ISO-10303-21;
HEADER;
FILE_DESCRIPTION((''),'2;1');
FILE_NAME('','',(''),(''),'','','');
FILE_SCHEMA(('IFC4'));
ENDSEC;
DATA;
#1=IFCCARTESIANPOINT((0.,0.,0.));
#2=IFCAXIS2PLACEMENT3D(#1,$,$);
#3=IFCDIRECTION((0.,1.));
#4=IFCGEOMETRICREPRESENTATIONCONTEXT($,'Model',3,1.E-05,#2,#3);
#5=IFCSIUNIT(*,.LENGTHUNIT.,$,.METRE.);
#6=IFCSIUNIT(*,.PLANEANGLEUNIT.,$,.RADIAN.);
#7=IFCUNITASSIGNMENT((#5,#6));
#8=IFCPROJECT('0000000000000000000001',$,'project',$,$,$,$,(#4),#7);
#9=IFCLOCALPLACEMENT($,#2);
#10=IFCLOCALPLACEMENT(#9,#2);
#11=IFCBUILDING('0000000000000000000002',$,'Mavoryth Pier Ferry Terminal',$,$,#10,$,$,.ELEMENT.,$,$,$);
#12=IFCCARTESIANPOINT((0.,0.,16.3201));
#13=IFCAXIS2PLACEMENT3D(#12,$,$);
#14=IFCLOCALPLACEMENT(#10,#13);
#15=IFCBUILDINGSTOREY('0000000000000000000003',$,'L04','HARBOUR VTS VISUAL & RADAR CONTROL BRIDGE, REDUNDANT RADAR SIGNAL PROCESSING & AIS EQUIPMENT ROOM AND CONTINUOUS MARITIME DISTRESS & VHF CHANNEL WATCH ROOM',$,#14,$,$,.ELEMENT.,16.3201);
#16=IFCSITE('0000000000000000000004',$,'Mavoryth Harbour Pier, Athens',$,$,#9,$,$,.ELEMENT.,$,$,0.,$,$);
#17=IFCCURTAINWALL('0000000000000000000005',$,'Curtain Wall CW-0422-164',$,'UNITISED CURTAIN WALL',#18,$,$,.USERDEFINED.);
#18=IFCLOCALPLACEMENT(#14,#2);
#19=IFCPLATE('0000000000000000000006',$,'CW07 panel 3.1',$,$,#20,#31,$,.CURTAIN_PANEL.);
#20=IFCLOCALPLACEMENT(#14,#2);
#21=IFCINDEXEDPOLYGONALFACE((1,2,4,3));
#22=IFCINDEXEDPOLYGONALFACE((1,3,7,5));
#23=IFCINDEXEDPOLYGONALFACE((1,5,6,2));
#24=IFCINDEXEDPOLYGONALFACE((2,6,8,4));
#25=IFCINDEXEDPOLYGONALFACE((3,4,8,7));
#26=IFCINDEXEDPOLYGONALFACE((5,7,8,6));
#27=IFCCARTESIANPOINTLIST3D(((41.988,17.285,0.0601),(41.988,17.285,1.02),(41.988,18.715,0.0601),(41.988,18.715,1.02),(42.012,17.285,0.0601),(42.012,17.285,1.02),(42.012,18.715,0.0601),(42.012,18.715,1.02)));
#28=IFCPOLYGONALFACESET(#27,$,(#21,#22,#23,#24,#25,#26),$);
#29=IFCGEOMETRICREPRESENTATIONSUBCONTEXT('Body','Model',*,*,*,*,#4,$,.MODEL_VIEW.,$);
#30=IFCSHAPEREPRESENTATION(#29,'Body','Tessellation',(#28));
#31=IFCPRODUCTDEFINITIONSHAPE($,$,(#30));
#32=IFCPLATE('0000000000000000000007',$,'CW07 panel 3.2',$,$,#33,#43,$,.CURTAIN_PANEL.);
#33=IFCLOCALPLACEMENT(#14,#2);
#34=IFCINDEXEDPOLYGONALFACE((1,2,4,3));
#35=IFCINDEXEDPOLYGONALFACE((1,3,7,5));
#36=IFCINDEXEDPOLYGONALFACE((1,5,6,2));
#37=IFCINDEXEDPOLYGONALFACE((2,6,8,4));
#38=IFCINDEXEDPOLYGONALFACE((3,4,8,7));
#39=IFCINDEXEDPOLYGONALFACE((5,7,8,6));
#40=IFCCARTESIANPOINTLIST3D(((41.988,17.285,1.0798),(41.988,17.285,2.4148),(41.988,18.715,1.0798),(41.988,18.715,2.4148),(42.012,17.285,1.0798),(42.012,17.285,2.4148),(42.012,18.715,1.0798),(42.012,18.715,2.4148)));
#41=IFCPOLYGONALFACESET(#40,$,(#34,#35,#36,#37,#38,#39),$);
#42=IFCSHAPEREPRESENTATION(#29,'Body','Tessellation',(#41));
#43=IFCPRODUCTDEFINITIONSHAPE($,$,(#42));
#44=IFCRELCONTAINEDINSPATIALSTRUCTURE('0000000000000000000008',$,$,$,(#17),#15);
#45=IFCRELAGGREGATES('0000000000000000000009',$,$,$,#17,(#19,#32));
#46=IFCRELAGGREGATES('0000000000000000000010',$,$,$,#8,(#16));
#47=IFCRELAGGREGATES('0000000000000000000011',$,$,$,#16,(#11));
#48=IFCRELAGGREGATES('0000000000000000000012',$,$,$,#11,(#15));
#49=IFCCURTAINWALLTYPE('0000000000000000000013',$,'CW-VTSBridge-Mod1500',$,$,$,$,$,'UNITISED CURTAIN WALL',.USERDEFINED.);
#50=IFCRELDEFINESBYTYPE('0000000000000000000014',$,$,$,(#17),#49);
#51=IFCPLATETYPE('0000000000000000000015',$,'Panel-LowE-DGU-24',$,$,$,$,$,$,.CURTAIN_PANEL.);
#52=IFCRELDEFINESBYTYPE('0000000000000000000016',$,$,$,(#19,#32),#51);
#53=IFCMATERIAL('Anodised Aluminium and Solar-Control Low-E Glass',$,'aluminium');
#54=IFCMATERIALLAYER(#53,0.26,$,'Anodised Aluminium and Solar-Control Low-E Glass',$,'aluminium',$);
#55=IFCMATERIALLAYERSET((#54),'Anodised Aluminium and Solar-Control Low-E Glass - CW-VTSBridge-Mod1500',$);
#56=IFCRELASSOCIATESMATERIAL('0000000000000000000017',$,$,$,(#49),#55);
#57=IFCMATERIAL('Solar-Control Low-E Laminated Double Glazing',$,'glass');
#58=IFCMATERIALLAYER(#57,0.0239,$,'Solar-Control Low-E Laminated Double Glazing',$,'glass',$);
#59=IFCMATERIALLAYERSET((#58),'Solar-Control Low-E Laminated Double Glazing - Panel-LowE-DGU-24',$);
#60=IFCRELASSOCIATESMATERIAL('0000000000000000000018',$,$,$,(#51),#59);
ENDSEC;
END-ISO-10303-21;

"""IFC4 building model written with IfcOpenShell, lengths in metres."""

from ifc_helpers import new_model, si_unit, direction, frame, origin, origin_2d, place, context, subcontext, project, spatial, rectangle, extrude, material, layer, layer_set, type_object, element, aggregate, save


model = new_model("IFC4")

# Units and contexts
model_context = context("Model", 3, precision=1e-05, world=origin(), true_north=direction((0.0, 1.0)))
body_context = subcontext(model_context, "Body", "Model", "MODEL_VIEW")
ifc_project = project(units=[si_unit("LENGTHUNIT", "METRE"), si_unit("PLANEANGLEUNIT", "RADIAN")], contexts=[model_context])

# Site, building, storey
site_placement = place(None, origin())
site = spatial("IfcSite", under=ifc_project, at=site_placement, Name="Mavoryth Harbour Pier, Athens", CompositionType="ELEMENT", RefElevation=0.0)
building_placement = place(site_placement, origin())
building = spatial("IfcBuilding", under=site, at=building_placement, Name="Mavoryth Pier Ferry Terminal", CompositionType="ELEMENT")
storey_placement = place(building_placement, frame((0.0, 0.0, 16.3201)))
storey = spatial("IfcBuildingStorey", under=building, at=storey_placement, Name="L04", Description="HARBOUR VTS VISUAL & RADAR CONTROL BRIDGE, REDUNDANT RADAR SIGNAL PROCESSING & AIS EQUIPMENT ROOM AND CONTINUOUS MARITIME DISTRESS & VHF CHANNEL WATCH ROOM", CompositionType="ELEMENT", Elevation=16.3201)

# Curtain wall, plates
ifc_material_1 = material(Name="Anodised Aluminium and Solar-Control Low-E Glass", Category="aluminium")
ifc_layer_1 = layer(ifc_material_1, 0.26, Name="Anodised Aluminium and Solar-Control Low-E Glass", Category="aluminium")
ifc_layer_set_1 = layer_set([ifc_layer_1], Name="Anodised Aluminium and Solar-Control Low-E Glass - CW-VTSBridge-Mod1500")
curtain_wall_type = type_object("IfcCurtainWallType", Name="CW-VTSBridge-Mod1500", ElementType="UNITISED CURTAIN WALL", PredefinedType="USERDEFINED", material=ifc_layer_set_1)
curtain_wall_placement = place(storey_placement, origin())
curtain_wall = element("IfcCurtainWall", 1, at=curtain_wall_placement, inside=storey, type_object=curtain_wall_type, Name="Curtain Wall CW-0422-164", ObjectType="UNITISED CURTAIN WALL", PredefinedType="USERDEFINED")
ifc_material_2 = material(Name="Solar-Control Low-E Laminated Double Glazing", Category="glass")
ifc_layer_2 = layer(ifc_material_2, 0.0239, Name="Solar-Control Low-E Laminated Double Glazing", Category="glass")
ifc_layer_set_2 = layer_set([ifc_layer_2], Name="Solar-Control Low-E Laminated Double Glazing - Panel-LowE-DGU-24")
plate_type = type_object("IfcPlateType", Name="Panel-LowE-DGU-24", PredefinedType="CURTAIN_PANEL", material=ifc_layer_set_2)
plate_1_placement = place(storey_placement, frame((42.0, 18.0, 0.0601), z_axis=(0.0, 0.0, 1.0), x_axis=(0.0, -1.0, 0.0)))
plate_1 = element("IfcPlate", 2, at=plate_1_placement, type_object=plate_type, Name="CW07 panel 3.1", PredefinedType="CURTAIN_PANEL", context=body_context, shape_type="SweptSolid", body=[
    extrude(rectangle(XDim=1.4299, YDim=0.0239, at=origin_2d()), origin(), (0.0, 0.0, 1.0), 0.96),
])
plate_2_placement = place(storey_placement, frame((42.0, 18.0, 1.0798), z_axis=(0.0, 0.0, 1.0), x_axis=(0.0, -1.0, 0.0)))
plate_2 = element("IfcPlate", 3, at=plate_2_placement, type_object=plate_type, Name="CW07 panel 3.2", PredefinedType="CURTAIN_PANEL", context=body_context, shape_type="SweptSolid", body=[
    extrude(rectangle(XDim=1.4299, YDim=0.0239, at=origin_2d()), origin(), (0.0, 0.0, 1.0), 1.335),
])
aggregate(curtain_wall, [plate_1, plate_2])

save(model, "model.ifc")
